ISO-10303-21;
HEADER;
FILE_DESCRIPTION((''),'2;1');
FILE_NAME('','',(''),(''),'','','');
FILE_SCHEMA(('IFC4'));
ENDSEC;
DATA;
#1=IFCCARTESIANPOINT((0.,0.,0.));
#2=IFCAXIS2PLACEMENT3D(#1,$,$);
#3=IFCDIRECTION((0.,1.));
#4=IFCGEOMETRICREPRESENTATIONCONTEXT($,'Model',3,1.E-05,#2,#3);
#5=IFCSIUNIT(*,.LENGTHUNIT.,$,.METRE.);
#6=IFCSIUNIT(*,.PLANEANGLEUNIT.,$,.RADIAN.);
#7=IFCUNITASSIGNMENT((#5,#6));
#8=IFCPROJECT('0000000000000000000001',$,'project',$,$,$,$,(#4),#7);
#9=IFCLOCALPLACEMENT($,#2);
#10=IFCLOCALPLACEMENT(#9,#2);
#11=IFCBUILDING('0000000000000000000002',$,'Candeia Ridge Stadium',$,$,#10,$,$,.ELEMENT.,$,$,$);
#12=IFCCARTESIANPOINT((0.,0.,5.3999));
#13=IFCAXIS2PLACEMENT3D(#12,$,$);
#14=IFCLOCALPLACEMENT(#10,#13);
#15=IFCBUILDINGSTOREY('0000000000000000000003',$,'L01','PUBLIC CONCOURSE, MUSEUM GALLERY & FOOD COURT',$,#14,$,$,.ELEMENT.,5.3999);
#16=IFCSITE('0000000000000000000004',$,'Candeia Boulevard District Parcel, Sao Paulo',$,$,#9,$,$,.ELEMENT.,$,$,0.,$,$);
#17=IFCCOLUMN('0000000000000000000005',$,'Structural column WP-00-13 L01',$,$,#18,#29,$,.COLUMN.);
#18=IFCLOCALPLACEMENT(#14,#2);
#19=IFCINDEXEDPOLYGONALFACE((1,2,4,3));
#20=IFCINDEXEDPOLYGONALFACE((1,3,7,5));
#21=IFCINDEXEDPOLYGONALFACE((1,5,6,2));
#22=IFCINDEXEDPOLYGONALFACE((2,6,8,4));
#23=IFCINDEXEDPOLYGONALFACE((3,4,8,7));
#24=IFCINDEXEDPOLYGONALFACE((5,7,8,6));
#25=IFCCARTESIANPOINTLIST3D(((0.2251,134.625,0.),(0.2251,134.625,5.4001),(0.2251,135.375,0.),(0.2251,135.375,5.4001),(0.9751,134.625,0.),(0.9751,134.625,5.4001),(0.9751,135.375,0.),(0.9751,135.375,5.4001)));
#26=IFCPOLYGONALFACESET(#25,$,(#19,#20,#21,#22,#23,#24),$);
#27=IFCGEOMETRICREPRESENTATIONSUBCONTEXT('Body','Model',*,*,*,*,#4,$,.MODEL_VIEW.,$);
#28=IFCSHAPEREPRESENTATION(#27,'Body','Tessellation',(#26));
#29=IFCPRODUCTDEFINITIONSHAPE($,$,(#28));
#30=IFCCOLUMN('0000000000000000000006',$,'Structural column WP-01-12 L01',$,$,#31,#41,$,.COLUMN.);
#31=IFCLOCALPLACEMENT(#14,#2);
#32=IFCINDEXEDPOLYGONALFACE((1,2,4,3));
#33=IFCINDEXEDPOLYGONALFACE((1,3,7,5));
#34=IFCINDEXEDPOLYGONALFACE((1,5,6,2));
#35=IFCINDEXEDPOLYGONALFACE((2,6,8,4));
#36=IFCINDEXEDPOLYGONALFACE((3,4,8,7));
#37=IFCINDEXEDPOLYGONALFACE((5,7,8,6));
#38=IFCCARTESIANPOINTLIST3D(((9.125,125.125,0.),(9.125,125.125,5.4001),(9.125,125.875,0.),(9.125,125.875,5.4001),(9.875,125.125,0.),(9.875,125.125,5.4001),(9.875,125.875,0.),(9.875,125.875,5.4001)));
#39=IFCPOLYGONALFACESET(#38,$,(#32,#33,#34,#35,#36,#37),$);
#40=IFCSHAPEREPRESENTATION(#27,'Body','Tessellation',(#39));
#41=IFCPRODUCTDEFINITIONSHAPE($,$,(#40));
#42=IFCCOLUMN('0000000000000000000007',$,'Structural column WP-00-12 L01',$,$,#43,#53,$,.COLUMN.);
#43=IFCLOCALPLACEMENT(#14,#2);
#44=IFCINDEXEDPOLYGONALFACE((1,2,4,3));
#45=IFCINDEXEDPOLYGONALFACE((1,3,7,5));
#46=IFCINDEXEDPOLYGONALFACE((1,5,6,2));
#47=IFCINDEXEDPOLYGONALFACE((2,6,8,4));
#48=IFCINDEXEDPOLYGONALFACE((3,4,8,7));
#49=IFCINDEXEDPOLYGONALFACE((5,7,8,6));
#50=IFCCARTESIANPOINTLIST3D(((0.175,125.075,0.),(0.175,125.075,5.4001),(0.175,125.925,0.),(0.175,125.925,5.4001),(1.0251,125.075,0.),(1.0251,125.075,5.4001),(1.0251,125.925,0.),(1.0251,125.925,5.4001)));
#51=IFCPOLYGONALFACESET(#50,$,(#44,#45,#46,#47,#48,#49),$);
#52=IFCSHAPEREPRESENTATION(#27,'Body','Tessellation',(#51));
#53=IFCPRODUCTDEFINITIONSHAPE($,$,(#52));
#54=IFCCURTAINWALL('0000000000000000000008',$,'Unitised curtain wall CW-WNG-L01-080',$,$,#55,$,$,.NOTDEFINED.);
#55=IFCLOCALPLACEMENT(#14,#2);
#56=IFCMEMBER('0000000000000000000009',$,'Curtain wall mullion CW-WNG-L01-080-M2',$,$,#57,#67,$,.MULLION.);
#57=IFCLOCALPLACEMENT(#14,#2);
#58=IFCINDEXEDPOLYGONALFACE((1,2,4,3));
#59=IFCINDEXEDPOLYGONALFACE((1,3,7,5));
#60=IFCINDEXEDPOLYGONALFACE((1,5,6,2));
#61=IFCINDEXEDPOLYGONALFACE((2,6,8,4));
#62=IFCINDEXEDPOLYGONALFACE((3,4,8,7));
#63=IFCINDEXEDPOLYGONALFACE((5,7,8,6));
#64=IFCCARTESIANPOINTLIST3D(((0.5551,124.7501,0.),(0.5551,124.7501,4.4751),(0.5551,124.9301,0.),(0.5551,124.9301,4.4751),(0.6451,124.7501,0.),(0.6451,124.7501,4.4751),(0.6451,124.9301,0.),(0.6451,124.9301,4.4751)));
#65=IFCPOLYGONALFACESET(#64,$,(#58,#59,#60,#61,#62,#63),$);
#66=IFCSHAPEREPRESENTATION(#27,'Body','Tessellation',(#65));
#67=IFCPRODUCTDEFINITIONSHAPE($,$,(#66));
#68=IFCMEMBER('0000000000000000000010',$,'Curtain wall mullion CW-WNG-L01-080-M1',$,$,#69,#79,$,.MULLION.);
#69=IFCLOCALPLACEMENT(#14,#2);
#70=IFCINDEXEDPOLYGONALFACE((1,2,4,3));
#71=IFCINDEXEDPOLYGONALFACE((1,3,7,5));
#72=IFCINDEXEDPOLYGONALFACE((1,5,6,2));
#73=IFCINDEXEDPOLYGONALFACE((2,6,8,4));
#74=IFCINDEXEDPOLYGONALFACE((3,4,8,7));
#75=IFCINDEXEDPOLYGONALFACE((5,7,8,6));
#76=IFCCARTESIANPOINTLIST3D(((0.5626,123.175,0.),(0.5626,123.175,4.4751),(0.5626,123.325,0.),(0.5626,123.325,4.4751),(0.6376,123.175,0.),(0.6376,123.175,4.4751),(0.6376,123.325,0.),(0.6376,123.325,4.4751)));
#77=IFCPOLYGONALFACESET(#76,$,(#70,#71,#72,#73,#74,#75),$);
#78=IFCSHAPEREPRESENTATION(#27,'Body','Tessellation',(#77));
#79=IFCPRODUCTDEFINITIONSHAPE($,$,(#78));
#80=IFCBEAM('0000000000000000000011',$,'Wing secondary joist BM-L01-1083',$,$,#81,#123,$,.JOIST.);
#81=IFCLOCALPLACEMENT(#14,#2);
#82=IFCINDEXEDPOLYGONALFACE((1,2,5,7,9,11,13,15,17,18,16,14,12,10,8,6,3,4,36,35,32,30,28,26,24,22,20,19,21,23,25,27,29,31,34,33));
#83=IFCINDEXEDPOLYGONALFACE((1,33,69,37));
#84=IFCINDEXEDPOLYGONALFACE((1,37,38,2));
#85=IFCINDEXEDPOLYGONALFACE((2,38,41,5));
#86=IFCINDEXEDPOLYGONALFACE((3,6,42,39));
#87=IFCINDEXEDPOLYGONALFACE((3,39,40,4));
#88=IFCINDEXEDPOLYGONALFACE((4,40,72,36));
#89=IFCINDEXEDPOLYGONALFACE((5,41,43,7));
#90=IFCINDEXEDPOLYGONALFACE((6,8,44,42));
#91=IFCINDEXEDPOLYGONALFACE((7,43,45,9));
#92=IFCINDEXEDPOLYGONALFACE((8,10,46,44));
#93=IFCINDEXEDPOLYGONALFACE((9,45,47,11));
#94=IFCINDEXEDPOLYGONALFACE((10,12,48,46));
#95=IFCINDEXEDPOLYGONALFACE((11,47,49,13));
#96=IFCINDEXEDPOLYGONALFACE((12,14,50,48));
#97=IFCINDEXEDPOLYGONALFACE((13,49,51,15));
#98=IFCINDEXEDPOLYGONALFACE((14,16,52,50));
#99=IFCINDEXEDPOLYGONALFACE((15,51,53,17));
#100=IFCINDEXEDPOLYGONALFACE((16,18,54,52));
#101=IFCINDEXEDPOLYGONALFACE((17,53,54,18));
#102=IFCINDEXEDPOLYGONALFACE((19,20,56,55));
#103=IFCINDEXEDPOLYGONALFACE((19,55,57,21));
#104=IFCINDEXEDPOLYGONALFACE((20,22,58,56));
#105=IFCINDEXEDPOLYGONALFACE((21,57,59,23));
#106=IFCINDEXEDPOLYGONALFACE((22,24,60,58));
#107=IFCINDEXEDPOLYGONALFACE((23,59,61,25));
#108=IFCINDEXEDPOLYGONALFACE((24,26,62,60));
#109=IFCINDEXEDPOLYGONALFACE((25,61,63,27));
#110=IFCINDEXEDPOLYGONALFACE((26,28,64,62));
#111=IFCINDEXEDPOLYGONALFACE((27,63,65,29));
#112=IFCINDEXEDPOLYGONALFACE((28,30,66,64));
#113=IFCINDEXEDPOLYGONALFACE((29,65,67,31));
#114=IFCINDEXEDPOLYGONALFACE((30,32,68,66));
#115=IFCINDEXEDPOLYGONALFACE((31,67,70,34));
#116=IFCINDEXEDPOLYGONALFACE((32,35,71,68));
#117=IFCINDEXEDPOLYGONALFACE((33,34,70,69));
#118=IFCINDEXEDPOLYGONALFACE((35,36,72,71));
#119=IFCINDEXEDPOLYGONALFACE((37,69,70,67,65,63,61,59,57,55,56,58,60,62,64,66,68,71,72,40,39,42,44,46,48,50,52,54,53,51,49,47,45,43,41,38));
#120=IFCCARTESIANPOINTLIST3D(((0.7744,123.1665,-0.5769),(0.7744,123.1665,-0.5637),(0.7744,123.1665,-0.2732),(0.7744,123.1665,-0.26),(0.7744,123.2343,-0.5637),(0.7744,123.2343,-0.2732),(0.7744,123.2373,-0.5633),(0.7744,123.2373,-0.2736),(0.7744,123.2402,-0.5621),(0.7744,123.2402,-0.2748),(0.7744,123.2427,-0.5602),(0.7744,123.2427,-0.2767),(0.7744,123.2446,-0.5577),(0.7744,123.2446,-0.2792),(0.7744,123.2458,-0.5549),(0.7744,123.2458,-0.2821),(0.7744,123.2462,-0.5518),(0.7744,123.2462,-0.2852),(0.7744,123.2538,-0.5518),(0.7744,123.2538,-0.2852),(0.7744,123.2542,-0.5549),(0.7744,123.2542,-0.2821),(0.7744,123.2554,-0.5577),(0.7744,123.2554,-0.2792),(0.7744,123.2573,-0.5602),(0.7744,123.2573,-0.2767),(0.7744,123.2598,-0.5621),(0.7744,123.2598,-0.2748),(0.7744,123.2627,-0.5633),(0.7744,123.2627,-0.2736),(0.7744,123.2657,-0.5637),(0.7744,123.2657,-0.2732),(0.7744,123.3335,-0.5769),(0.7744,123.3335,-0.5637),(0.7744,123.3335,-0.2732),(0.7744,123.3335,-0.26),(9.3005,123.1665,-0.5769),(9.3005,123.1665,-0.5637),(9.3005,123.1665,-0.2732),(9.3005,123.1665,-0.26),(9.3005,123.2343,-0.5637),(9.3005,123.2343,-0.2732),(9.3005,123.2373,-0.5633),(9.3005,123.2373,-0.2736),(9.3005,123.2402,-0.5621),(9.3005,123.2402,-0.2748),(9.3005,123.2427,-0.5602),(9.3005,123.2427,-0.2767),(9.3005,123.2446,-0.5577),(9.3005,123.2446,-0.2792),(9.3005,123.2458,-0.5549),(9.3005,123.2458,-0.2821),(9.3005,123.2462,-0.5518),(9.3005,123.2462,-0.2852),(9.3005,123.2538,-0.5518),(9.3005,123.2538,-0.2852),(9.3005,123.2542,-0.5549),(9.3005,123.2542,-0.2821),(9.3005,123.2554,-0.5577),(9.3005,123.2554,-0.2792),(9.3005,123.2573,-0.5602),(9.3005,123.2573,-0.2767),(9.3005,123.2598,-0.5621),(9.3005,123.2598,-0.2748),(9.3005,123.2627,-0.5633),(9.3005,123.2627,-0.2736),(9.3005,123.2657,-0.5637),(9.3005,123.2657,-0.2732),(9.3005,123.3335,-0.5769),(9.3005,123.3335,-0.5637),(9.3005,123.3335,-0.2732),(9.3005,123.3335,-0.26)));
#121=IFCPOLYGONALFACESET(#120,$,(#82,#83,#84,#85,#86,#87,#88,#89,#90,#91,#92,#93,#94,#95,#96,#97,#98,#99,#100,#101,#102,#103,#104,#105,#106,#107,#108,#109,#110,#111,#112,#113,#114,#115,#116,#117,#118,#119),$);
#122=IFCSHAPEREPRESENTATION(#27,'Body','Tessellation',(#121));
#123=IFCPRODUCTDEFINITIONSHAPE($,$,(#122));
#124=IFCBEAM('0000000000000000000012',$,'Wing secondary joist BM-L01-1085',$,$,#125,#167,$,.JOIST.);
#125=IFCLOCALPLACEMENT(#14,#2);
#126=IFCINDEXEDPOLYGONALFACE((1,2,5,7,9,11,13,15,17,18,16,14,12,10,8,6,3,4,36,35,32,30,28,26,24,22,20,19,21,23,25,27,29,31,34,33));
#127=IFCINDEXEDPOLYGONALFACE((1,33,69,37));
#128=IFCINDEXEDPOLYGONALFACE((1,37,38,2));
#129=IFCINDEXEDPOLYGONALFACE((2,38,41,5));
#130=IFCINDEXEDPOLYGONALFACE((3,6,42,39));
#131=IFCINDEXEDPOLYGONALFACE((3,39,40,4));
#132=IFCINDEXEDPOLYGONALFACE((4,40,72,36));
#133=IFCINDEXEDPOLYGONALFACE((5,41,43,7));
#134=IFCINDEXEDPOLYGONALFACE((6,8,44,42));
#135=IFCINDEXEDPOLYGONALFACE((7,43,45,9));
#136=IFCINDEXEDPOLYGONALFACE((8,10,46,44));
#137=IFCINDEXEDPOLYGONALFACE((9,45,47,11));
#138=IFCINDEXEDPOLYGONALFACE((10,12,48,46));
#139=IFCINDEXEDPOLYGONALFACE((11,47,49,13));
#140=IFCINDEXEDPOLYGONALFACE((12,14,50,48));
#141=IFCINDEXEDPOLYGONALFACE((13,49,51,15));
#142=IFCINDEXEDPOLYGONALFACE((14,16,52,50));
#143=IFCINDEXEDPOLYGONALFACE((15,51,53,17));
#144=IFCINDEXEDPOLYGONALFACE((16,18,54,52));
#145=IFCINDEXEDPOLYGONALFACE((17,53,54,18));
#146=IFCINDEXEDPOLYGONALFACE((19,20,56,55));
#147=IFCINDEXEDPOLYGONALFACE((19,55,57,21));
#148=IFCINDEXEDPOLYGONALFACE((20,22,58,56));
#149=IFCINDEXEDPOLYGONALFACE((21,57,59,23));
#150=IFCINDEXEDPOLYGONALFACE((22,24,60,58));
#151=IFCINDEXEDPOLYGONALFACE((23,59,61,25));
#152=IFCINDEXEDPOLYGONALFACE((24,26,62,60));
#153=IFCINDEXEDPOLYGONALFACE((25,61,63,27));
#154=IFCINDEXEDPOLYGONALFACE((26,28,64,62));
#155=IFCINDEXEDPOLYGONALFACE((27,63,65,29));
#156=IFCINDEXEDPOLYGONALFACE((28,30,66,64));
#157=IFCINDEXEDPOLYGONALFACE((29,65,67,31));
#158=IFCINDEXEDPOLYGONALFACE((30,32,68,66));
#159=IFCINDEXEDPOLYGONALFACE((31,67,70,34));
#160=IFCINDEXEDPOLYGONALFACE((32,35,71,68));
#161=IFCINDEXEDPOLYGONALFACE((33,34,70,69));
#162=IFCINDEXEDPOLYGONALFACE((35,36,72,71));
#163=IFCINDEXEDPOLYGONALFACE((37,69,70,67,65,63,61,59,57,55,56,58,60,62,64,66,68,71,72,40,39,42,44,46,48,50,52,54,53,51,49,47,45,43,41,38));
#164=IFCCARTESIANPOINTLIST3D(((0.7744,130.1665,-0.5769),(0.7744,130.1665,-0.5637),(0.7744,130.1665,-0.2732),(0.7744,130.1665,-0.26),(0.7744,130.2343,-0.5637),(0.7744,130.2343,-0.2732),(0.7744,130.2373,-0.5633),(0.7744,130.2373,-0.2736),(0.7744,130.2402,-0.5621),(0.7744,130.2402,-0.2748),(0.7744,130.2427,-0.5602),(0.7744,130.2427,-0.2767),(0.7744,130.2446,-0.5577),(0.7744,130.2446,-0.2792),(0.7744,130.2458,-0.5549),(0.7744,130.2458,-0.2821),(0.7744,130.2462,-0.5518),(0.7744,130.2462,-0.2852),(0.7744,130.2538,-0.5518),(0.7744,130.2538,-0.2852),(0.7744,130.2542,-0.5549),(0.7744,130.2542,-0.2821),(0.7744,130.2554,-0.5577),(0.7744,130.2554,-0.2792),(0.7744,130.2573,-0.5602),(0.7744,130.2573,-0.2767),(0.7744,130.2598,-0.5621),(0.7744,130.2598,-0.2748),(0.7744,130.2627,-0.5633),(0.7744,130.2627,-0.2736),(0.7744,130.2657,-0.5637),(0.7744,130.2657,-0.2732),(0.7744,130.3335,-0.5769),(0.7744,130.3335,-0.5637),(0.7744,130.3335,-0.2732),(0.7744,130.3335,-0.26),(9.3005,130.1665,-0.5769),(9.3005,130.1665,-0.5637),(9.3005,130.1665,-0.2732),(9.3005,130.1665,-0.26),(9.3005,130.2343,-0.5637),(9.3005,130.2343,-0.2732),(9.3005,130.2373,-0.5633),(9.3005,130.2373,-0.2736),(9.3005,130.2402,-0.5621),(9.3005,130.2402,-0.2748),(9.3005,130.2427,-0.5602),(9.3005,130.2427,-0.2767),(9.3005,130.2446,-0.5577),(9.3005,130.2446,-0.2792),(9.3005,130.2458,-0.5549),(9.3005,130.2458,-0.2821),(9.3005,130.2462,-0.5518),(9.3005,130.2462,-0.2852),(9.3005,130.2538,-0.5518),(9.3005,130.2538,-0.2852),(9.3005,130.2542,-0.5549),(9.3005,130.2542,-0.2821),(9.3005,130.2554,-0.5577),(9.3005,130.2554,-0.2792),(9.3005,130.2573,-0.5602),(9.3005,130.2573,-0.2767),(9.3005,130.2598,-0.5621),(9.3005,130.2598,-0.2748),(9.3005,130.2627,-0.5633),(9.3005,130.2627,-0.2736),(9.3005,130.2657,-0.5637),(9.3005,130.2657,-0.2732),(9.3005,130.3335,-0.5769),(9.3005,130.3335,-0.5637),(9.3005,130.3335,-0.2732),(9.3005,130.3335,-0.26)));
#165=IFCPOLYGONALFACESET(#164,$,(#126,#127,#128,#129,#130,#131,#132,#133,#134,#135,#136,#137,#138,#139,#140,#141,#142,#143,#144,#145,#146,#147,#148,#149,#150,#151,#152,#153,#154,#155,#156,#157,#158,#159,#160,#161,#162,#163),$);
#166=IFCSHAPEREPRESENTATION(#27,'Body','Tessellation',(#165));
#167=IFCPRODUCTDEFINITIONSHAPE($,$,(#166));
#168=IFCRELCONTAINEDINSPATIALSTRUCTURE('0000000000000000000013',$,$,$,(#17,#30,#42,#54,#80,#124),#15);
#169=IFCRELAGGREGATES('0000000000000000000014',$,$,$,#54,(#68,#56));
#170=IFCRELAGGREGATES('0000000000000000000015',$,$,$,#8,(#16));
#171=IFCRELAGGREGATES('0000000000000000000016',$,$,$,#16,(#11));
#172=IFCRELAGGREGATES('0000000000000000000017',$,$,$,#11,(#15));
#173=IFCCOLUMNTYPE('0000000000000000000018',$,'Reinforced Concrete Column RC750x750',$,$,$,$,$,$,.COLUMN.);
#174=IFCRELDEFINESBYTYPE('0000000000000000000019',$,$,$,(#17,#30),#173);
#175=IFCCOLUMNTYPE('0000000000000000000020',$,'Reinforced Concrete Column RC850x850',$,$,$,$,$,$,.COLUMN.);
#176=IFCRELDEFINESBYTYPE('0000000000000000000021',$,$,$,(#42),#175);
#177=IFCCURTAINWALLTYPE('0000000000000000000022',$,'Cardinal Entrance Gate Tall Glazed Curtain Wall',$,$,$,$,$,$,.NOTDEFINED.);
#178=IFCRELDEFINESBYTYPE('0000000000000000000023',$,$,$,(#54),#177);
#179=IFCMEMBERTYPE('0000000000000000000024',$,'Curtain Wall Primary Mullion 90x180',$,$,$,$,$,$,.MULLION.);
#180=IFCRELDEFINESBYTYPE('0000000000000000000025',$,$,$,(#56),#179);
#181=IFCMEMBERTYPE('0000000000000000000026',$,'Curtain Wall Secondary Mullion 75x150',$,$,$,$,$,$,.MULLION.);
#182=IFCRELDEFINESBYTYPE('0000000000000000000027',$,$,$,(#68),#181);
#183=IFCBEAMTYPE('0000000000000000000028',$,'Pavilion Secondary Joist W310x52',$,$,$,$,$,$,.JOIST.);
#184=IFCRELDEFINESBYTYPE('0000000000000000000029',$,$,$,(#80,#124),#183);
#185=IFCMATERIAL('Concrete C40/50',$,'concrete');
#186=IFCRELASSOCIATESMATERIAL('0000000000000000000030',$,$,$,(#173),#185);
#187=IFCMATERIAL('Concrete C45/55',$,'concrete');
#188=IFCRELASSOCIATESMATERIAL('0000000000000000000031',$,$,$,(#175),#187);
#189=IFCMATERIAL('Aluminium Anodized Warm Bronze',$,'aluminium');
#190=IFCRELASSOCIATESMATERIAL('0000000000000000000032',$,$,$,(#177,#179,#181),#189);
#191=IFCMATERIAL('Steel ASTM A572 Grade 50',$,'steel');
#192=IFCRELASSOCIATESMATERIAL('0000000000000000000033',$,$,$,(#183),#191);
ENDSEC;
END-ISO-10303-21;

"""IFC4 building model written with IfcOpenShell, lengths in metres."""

from ifc_helpers import new_model, si_unit, direction, frame, origin, origin_2d, place, context, subcontext, project, spatial, rectangle, i_section, extrude, material, material_profile, profile_set, type_object, element, aggregate, save


model = new_model("IFC4")

# Units and contexts
model_context = context("Model", 3, precision=1e-05, world=origin(), true_north=direction((0.0, 1.0)))
body_context = subcontext(model_context, "Body", "Model", "MODEL_VIEW")
ifc_project = project(units=[si_unit("LENGTHUNIT", "METRE"), si_unit("PLANEANGLEUNIT", "RADIAN")], contexts=[model_context])

# Site, building, storey
site_placement = place(None, origin())
site = spatial("IfcSite", under=ifc_project, at=site_placement, Name="Candeia Boulevard District Parcel, Sao Paulo", CompositionType="ELEMENT", RefElevation=0.0)
building_placement = place(site_placement, origin())
building = spatial("IfcBuilding", under=site, at=building_placement, Name="Candeia Ridge Stadium", CompositionType="ELEMENT")
storey_placement = place(building_placement, frame((0.0, 0.0, 5.3999)))
storey = spatial("IfcBuildingStorey", under=building, at=storey_placement, Name="L01", Description="PUBLIC CONCOURSE, MUSEUM GALLERY & FOOD COURT", CompositionType="ELEMENT", Elevation=5.3999)

# Columns
ifc_material_1 = material(Name="Concrete C40/50", Category="concrete")
ifc_material_profile_1 = material_profile(ifc_material_1, rectangle(XDim=0.75, YDim=0.75, at=origin_2d()), Name="RC750x750", Category="concrete")
ifc_profile_set_1 = profile_set([ifc_material_profile_1], Name="Concrete C40/50")
column_type_1 = type_object("IfcColumnType", Name="Reinforced Concrete Column RC750x750", PredefinedType="COLUMN", material=ifc_profile_set_1)
for number, where, z_axis, x_axis, name in (
    (1, (0.6001, 135.0, 0.0), (0.0, 0.0, 1.0), (1.0, 0.0, 0.0), "Structural column WP-00-13 L01"),
    (2, (9.5, 125.5, 0.0), (0.0, 0.0, 1.0), (1.0, 0.0, 0.0), "Structural column WP-01-12 L01"),
):
    element("IfcColumn", number, at=place(storey_placement, frame(where, z_axis=z_axis, x_axis=x_axis)), inside=storey, type_object=column_type_1, Name=name, PredefinedType="COLUMN", context=body_context, shape_type="SweptSolid", body=[
        extrude(rectangle(XDim=0.75, YDim=0.75, at=origin_2d()), origin(), (0.0, 0.0, 1.0), 5.4001),
    ])
ifc_material_2 = material(Name="Concrete C45/55", Category="concrete")
ifc_material_profile_2 = material_profile(ifc_material_2, rectangle(XDim=0.8501, YDim=0.8501, at=origin_2d()), Name="RC850x850", Category="concrete")
ifc_profile_set_2 = profile_set([ifc_material_profile_2], Name="Concrete C45/55")
column_type_2 = type_object("IfcColumnType", Name="Reinforced Concrete Column RC850x850", PredefinedType="COLUMN", material=ifc_profile_set_2)
column_placement = place(storey_placement, frame((0.6001, 125.5, 0.0), z_axis=(0.0, 0.0, 1.0), x_axis=(1.0, 0.0, 0.0)))
element("IfcColumn", 3, at=column_placement, inside=storey, type_object=column_type_2, Name="Structural column WP-00-12 L01", PredefinedType="COLUMN", context=body_context, shape_type="SweptSolid", body=[
    extrude(rectangle(XDim=0.8501, YDim=0.8501, at=origin_2d()), origin(), (0.0, 0.0, 1.0), 5.4001),
])

# Curtain wall, members
ifc_material_3 = material(Name="Aluminium Anodized Warm Bronze", Category="aluminium")
curtain_wall_type = type_object("IfcCurtainWallType", Name="Cardinal Entrance Gate Tall Glazed Curtain Wall", PredefinedType="NOTDEFINED", material=ifc_material_3)
curtain_wall_placement = place(storey_placement, origin())
curtain_wall = element("IfcCurtainWall", 4, at=curtain_wall_placement, inside=storey, type_object=curtain_wall_type, Name="Unitised curtain wall CW-WNG-L01-080", PredefinedType="NOTDEFINED")
ifc_material_profile_3 = material_profile(ifc_material_3, rectangle(XDim=0.0901, YDim=0.1799, at=origin_2d()), Name="CWM-90x180", Category="aluminium")
ifc_profile_set_3 = profile_set([ifc_material_profile_3], Name="Aluminium Anodized Warm Bronze")
member_type_1 = type_object("IfcMemberType", Name="Curtain Wall Primary Mullion 90x180", PredefinedType="MULLION", material=ifc_profile_set_3)
member_1_placement = place(storey_placement, frame((0.6001, 124.8401, 0.0), z_axis=(0.0, 0.0, 1.0), x_axis=(1.0, 0.0, 0.0)))
member_1 = element("IfcMember", 5, at=member_1_placement, type_object=member_type_1, Name="Curtain wall mullion CW-WNG-L01-080-M2", PredefinedType="MULLION", context=body_context, shape_type="SweptSolid", body=[
    extrude(rectangle(XDim=0.0901, YDim=0.1799, at=origin_2d()), origin(), (0.0, 0.0, 1.0), 4.4751),
])
ifc_material_profile_4 = material_profile(ifc_material_3, rectangle(XDim=0.075, YDim=0.1499, at=origin_2d()), Name="CWM-75x150", Category="aluminium")
ifc_profile_set_4 = profile_set([ifc_material_profile_4], Name="Aluminium Anodized Warm Bronze")
member_type_2 = type_object("IfcMemberType", Name="Curtain Wall Secondary Mullion 75x150", PredefinedType="MULLION", material=ifc_profile_set_4)
member_2_placement = place(storey_placement, frame((0.6001, 123.25, 0.0), z_axis=(0.0, 0.0, 1.0), x_axis=(1.0, 0.0, 0.0)))
member_2 = element("IfcMember", 6, at=member_2_placement, type_object=member_type_2, Name="Curtain wall mullion CW-WNG-L01-080-M1", PredefinedType="MULLION", context=body_context, shape_type="SweptSolid", body=[
    extrude(rectangle(XDim=0.075, YDim=0.1499, at=origin_2d()), origin(), (0.0, 0.0, 1.0), 4.4751),
])

# Beams
ifc_material_4 = material(Name="Steel ASTM A572 Grade 50", Category="steel")
ifc_material_profile_5 = material_profile(ifc_material_4, i_section(OverallWidth=0.167, OverallDepth=0.3169, WebThickness=0.0076, FlangeThickness=0.0132, FilletRadius=0.012, at=origin_2d()), Name="W310x52", Category="steel")
ifc_profile_set_5 = profile_set([ifc_material_profile_5], Name="Steel ASTM A572 Grade 50")
beam_type_1 = type_object("IfcBeamType", Name="Pavilion Secondary Joist W310x52", PredefinedType="JOIST", material=ifc_profile_set_5)
for number, where, z_axis, x_axis, name in (
    (7, (0.7744, 123.25, -0.4185), (1.0, 0.0, 0.0), (0.0, 1.0, 0.0), "Wing secondary joist BM-L01-1083"),
    (8, (0.7744, 130.25, -0.4185), (1.0, 0.0, 0.0), (0.0, 1.0, 0.0), "Wing secondary joist BM-L01-1085"),
):
    element("IfcBeam", number, at=place(storey_placement, frame(where, z_axis=z_axis, x_axis=x_axis)), inside=storey, type_object=beam_type_1, Name=name, PredefinedType="JOIST", context=body_context, shape_type="SweptSolid", body=[
        extrude(i_section(OverallWidth=0.167, OverallDepth=0.3169, WebThickness=0.0076, FlangeThickness=0.0132, FilletRadius=0.012, at=origin_2d()), origin(), (0.0, 0.0, 1.0), 8.5261),
    ])

aggregate(curtain_wall, [member_2, member_1])

save(model, "model.ifc")
